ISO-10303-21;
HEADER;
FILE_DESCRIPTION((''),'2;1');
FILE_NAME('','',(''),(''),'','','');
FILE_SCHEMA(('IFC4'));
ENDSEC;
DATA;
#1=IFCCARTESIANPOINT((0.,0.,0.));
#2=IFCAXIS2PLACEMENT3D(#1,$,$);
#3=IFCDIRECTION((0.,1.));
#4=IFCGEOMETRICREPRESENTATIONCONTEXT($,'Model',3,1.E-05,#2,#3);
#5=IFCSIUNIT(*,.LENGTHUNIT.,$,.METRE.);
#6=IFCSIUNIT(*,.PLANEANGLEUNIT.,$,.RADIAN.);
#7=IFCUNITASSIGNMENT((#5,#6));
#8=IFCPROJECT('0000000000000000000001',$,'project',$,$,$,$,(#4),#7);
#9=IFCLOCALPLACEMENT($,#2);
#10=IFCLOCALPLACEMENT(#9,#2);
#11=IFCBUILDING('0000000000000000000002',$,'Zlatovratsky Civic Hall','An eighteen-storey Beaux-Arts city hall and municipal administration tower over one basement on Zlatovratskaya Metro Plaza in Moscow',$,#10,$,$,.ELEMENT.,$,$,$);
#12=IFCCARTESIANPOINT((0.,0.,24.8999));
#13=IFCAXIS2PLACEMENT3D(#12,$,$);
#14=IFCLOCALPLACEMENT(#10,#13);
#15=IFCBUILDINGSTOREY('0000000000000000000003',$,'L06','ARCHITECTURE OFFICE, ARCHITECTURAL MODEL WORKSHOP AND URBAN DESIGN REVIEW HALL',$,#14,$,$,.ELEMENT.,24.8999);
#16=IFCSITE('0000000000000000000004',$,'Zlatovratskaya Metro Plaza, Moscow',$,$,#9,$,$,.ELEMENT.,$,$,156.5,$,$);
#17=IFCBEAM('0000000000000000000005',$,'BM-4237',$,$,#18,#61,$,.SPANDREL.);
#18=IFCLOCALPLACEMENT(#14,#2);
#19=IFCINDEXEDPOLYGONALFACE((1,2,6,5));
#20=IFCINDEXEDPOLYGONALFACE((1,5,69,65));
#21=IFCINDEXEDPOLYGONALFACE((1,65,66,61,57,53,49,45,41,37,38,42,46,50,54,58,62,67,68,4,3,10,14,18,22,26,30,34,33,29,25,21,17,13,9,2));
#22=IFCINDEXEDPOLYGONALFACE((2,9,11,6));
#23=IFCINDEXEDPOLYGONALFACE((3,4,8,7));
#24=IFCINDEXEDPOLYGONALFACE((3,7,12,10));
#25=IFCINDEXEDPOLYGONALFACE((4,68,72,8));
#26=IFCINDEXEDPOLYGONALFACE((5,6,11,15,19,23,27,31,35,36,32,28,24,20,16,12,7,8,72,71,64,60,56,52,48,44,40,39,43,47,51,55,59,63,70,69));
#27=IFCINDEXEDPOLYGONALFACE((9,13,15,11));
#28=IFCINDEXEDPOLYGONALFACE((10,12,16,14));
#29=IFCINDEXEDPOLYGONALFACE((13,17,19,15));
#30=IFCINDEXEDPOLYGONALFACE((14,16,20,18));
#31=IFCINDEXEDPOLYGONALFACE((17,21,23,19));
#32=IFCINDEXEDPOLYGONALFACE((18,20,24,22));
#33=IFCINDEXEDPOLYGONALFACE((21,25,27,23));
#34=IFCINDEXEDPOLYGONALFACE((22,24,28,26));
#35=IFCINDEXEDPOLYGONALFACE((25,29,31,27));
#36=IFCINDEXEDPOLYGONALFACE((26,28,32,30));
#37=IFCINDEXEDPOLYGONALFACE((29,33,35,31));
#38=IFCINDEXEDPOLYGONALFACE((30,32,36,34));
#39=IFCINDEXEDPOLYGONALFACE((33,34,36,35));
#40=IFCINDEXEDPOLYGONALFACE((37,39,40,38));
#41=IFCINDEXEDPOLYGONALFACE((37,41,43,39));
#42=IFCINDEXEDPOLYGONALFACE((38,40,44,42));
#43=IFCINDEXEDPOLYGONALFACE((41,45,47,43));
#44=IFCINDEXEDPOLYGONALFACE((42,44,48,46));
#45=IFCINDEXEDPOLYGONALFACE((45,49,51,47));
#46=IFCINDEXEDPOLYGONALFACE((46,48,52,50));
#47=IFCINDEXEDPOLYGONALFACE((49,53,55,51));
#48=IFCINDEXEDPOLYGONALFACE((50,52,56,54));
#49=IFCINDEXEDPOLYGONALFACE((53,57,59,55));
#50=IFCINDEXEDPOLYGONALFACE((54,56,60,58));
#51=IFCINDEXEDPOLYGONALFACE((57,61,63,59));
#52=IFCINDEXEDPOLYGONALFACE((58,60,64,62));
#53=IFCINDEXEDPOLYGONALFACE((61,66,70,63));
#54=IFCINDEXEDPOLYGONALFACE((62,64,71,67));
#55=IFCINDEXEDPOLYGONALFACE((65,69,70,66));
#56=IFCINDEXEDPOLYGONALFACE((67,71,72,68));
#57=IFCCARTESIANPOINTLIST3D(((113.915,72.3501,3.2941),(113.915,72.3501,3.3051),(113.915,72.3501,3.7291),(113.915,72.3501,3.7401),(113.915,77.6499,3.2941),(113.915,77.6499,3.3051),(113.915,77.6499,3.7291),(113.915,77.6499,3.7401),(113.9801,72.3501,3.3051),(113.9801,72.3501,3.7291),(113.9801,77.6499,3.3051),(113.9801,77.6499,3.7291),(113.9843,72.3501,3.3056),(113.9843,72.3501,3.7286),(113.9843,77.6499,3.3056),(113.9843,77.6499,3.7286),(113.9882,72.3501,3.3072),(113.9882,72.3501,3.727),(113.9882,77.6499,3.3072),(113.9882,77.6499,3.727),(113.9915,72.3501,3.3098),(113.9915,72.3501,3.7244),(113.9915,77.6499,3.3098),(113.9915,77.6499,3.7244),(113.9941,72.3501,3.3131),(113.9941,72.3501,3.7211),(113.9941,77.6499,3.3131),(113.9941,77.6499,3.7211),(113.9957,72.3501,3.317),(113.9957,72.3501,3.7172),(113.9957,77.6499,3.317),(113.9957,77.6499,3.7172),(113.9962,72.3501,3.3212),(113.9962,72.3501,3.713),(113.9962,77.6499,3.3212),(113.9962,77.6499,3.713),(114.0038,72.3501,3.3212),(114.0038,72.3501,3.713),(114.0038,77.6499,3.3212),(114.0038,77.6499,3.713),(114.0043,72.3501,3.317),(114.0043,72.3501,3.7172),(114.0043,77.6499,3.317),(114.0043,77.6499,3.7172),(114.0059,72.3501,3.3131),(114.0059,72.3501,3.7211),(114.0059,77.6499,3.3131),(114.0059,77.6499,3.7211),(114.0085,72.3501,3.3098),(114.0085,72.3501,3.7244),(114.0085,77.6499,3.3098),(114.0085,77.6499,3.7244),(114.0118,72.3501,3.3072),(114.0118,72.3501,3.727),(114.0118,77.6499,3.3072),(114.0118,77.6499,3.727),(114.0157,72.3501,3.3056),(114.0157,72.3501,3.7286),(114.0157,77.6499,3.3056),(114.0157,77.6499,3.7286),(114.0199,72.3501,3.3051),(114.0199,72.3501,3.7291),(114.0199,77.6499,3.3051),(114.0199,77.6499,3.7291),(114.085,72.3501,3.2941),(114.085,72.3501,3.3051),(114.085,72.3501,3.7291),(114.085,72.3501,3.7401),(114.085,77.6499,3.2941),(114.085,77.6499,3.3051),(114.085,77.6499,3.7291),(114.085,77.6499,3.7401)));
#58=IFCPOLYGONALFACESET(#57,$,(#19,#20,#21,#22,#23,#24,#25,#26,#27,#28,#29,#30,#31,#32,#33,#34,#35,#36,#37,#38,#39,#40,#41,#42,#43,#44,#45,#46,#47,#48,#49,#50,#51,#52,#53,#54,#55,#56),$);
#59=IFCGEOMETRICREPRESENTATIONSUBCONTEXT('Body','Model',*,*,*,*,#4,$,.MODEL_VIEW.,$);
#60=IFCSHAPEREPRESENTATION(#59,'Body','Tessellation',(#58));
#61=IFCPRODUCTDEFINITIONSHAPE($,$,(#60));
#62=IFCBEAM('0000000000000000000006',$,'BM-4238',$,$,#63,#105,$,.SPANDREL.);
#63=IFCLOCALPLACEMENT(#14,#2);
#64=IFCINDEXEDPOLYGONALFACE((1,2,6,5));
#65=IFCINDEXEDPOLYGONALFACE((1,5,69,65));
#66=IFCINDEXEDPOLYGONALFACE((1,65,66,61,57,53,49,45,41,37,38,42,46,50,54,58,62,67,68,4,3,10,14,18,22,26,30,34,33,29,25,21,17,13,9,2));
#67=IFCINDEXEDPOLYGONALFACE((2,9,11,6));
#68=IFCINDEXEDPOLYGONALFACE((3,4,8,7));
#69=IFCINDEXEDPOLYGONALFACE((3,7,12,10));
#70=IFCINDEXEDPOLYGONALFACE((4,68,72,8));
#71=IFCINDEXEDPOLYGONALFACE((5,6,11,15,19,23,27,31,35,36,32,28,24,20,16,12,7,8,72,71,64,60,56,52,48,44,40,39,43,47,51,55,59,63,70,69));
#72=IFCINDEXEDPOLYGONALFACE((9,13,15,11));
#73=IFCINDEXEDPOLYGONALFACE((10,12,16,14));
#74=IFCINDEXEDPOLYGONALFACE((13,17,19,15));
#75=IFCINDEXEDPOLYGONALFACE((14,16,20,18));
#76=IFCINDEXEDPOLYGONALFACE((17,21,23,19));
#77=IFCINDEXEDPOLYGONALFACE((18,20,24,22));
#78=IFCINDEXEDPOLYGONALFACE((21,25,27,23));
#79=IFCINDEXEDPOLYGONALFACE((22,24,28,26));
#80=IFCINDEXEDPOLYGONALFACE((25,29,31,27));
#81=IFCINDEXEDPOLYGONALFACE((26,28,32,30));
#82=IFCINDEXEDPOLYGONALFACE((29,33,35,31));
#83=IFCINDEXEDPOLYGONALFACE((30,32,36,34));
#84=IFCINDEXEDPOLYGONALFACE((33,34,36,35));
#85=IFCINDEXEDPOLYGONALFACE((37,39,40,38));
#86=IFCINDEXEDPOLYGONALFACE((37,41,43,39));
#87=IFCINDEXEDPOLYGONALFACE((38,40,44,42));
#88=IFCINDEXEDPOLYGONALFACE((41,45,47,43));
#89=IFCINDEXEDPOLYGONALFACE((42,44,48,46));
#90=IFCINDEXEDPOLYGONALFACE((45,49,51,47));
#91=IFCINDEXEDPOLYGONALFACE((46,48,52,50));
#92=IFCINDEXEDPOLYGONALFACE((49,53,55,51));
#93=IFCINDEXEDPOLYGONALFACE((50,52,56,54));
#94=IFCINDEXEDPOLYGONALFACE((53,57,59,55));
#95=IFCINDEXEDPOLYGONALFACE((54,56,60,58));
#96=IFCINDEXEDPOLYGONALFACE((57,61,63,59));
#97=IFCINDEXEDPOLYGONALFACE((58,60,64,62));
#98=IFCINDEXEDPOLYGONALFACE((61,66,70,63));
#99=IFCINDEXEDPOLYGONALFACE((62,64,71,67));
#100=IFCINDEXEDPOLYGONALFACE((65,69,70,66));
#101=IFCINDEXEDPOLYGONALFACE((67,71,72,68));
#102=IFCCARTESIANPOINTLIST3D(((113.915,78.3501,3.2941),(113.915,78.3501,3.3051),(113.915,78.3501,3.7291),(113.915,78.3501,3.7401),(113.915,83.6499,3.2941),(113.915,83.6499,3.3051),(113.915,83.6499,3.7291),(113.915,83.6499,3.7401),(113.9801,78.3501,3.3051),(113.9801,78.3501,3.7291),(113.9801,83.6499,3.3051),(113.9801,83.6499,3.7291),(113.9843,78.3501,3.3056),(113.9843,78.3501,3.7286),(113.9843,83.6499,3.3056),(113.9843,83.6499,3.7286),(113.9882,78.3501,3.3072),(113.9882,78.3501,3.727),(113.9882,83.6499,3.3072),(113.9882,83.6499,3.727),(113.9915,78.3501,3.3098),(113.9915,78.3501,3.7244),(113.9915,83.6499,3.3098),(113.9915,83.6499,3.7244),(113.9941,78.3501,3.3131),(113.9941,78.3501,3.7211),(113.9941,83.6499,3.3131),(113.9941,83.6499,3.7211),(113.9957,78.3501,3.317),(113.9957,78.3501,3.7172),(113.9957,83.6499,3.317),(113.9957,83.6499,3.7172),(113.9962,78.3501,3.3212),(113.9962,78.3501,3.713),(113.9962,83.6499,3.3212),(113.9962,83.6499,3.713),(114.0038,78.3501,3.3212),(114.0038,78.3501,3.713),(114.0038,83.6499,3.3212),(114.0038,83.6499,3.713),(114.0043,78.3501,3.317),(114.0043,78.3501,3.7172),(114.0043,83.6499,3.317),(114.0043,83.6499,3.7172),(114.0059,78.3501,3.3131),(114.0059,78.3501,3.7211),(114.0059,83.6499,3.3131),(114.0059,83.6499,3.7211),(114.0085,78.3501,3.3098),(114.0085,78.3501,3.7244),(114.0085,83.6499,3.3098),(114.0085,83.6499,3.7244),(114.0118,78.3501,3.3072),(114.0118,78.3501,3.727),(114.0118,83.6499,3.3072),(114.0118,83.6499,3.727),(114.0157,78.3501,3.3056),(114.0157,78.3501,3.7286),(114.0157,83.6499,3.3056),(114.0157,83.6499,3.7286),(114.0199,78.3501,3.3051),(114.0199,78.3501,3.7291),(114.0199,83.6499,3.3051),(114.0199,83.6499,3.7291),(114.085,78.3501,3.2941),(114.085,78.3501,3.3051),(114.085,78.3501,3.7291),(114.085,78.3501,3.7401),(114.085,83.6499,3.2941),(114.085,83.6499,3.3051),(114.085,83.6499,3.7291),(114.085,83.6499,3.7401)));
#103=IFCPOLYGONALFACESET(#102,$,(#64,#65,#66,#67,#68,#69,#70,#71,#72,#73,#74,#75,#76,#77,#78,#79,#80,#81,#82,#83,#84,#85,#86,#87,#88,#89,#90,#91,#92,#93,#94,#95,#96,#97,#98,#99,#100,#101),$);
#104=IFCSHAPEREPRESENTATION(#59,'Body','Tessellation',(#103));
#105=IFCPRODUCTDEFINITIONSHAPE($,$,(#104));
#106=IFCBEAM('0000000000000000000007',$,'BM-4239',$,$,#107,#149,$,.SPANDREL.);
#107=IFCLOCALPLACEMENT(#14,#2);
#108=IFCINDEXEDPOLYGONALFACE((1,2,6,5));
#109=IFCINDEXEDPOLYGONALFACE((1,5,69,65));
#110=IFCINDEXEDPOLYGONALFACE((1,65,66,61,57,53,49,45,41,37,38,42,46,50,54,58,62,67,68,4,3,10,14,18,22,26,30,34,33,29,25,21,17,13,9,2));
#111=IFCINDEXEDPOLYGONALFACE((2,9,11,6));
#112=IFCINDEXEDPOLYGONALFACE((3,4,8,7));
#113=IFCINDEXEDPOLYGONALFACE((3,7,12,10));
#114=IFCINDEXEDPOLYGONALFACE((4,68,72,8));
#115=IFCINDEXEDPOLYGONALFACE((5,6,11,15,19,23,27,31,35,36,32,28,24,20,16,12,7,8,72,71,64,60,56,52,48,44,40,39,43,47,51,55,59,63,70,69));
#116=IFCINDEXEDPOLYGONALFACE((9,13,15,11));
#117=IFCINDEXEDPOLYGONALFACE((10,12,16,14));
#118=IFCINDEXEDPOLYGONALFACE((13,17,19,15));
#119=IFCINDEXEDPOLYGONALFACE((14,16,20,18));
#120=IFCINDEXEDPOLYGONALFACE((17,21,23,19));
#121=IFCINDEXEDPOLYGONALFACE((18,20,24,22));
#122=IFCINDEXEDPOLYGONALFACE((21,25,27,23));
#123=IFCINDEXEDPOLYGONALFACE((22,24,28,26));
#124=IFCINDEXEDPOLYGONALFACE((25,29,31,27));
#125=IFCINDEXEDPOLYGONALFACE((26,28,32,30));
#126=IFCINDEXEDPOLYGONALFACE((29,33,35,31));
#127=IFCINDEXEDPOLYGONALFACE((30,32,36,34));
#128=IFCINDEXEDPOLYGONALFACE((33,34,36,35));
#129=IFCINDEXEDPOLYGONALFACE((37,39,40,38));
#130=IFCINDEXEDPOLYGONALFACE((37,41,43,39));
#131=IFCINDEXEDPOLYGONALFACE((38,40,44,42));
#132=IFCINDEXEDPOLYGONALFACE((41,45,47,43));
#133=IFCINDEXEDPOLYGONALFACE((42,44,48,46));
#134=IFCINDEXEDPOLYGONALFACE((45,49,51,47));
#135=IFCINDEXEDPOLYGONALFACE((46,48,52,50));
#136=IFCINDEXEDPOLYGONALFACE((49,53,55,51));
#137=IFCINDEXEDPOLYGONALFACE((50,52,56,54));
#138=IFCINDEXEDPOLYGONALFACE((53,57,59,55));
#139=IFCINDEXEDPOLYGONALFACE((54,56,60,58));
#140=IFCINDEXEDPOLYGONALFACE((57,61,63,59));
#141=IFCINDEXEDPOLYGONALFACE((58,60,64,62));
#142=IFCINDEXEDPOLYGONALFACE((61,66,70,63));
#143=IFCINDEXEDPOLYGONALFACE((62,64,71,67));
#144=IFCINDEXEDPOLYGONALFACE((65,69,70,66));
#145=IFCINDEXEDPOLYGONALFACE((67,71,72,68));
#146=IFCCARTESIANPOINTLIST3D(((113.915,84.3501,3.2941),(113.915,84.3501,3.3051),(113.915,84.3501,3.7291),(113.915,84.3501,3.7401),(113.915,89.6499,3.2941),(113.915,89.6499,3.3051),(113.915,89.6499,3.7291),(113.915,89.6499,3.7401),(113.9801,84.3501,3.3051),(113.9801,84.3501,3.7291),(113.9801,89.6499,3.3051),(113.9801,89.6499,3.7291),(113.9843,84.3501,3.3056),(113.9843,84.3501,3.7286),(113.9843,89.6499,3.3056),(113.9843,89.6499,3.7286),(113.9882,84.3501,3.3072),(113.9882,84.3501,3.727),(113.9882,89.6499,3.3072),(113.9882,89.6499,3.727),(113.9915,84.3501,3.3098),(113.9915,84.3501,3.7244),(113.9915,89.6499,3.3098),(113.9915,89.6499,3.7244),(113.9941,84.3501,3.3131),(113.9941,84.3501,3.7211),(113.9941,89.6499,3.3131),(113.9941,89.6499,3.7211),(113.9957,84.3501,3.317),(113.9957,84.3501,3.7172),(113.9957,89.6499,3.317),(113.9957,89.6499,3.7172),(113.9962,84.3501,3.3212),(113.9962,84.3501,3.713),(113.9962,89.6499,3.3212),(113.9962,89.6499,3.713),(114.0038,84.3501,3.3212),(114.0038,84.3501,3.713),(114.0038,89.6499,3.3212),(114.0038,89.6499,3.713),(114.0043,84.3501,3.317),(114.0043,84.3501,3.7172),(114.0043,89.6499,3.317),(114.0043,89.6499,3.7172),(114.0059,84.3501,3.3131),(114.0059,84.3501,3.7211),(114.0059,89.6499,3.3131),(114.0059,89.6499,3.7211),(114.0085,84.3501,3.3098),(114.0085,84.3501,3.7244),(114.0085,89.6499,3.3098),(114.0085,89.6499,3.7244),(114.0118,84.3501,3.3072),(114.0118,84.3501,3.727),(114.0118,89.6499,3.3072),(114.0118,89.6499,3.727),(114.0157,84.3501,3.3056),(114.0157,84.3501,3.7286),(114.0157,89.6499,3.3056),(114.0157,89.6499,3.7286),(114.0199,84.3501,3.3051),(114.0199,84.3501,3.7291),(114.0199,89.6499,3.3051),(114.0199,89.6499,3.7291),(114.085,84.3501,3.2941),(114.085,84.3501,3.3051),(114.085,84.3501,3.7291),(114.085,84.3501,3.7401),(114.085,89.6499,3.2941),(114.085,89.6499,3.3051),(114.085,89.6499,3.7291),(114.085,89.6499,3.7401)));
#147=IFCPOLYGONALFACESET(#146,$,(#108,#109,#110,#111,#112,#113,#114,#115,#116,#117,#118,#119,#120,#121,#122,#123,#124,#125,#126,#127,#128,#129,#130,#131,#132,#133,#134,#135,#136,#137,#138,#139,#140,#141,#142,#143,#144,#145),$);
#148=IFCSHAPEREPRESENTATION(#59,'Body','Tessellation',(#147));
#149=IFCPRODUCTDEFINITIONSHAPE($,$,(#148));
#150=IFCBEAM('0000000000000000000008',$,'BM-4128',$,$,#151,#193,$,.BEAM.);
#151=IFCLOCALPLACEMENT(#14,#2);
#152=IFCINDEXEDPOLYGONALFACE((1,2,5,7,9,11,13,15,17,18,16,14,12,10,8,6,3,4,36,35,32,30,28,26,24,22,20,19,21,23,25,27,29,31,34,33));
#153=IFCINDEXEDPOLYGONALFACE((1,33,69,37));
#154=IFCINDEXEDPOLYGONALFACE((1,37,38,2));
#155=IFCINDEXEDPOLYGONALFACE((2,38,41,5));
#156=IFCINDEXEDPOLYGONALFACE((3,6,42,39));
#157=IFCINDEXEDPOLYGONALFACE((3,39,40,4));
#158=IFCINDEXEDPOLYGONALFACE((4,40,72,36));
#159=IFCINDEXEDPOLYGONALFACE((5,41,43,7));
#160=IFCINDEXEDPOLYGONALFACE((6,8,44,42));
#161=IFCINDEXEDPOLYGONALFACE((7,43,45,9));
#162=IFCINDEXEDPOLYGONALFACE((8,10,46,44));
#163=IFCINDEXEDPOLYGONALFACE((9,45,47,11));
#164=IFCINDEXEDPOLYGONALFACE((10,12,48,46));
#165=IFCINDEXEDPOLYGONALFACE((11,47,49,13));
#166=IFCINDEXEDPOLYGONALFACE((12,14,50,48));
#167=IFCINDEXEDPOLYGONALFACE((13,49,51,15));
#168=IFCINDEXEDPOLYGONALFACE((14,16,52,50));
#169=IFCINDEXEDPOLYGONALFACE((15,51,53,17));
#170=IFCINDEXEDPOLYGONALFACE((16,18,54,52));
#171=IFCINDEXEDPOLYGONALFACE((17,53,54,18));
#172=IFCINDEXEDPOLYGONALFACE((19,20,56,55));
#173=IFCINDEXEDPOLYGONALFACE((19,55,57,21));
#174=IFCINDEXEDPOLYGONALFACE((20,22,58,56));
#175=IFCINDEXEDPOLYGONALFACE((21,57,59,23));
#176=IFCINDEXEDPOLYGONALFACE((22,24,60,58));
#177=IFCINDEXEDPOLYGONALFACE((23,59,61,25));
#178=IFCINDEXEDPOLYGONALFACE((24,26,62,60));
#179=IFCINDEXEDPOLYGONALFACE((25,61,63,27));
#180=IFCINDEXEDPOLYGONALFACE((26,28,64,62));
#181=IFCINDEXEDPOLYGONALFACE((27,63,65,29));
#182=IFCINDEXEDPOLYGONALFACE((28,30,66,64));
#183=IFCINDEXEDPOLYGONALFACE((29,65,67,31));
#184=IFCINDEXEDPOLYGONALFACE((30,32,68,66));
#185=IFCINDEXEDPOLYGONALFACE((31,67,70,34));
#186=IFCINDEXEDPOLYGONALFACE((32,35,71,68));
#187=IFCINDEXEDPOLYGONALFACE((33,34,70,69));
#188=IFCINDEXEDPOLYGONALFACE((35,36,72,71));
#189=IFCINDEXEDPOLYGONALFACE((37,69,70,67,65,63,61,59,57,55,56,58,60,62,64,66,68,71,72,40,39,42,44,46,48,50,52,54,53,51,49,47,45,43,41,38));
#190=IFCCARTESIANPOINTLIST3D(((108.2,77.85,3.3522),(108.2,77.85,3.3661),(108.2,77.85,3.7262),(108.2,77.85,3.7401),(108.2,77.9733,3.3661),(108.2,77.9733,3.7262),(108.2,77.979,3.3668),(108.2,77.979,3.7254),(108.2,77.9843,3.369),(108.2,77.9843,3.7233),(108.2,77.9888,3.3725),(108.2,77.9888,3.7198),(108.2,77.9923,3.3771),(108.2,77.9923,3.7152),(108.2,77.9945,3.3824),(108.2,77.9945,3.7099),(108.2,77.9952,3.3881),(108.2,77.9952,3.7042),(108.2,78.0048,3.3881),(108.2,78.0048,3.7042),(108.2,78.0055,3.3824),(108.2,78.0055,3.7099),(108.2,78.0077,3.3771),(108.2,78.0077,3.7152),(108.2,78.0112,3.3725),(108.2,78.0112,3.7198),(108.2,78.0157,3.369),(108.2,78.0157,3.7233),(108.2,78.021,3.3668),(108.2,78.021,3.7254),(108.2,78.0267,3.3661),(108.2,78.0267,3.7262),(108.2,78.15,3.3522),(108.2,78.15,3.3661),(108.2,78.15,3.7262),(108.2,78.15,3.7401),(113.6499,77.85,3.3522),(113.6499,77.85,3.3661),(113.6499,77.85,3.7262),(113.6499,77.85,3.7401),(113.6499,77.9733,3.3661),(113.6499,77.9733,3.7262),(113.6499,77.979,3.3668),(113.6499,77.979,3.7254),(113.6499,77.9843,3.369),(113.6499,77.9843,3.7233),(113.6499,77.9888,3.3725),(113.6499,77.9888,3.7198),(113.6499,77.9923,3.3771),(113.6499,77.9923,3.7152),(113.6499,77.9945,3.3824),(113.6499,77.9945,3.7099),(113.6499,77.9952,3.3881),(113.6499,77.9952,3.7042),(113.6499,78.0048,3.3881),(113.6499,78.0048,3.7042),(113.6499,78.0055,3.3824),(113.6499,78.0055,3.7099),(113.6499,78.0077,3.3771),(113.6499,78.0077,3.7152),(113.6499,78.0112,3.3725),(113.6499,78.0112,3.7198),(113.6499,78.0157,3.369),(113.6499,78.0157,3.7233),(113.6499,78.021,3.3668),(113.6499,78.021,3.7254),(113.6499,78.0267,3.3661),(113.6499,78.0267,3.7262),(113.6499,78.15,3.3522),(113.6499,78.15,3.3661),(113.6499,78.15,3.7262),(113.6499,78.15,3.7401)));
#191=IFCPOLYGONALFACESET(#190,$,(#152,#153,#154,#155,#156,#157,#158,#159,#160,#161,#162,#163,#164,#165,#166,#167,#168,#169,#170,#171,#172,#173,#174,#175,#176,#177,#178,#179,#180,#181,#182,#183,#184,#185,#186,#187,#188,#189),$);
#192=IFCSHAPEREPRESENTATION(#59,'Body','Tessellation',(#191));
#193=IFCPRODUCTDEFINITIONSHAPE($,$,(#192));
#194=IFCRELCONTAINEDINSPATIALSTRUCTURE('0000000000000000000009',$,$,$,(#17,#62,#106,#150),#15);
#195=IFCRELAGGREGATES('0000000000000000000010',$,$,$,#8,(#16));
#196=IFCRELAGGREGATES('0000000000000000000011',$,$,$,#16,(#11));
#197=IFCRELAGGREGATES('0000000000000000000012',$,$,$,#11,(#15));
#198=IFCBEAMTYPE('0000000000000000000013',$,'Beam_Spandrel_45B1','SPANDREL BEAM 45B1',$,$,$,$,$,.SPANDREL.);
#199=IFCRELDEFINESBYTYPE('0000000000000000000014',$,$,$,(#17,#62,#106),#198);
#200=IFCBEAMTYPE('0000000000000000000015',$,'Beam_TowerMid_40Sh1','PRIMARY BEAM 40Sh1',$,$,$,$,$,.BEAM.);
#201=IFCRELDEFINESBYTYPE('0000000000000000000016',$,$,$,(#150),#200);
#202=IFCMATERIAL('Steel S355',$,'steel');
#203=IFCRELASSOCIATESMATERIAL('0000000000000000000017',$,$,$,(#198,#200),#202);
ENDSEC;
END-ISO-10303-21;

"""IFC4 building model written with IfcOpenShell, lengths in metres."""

from ifc_helpers import new_model, si_unit, direction, frame, origin, origin_2d, place, context, subcontext, project, spatial, i_section, extrude, material, material_profile, profile_set, type_object, element, save


model = new_model("IFC4")

# Units and contexts
model_context = context("Model", 3, precision=1e-05, world=origin(), true_north=direction((0.0, 1.0)))
body_context = subcontext(model_context, "Body", "Model", "MODEL_VIEW")
ifc_project = project(units=[si_unit("LENGTHUNIT", "METRE"), si_unit("PLANEANGLEUNIT", "RADIAN")], contexts=[model_context])

# Site, building, storey
site_placement = place(None, origin())
site = spatial("IfcSite", under=ifc_project, at=site_placement, Name="Zlatovratskaya Metro Plaza, Moscow", CompositionType="ELEMENT", RefElevation=156.5)
building_placement = place(site_placement, origin())
building = spatial("IfcBuilding", under=site, at=building_placement, Name="Zlatovratsky Civic Hall", Description="An eighteen-storey Beaux-Arts city hall and municipal administration tower over one basement on Zlatovratskaya Metro Plaza in Moscow", CompositionType="ELEMENT")
storey_placement = place(building_placement, frame((0.0, 0.0, 24.8999)))
storey = spatial("IfcBuildingStorey", under=building, at=storey_placement, Name="L06", Description="ARCHITECTURE OFFICE, ARCHITECTURAL MODEL WORKSHOP AND URBAN DESIGN REVIEW HALL", CompositionType="ELEMENT", Elevation=24.8999)

# Shared definitions
ifc_material_1 = material(Name="Steel S355", Category="steel")

# Beams
ifc_material_profile_1 = material_profile(ifc_material_1, i_section(OverallWidth=0.1699, OverallDepth=0.446, WebThickness=0.0076, FlangeThickness=0.011, FilletRadius=0.0161, at=origin_2d()), Name="45B1")
ifc_profile_set_1 = profile_set([ifc_material_profile_1], Name="Steel S355")
beam_type_1 = type_object("IfcBeamType", Name="Beam_Spandrel_45B1", Description="SPANDREL BEAM 45B1", PredefinedType="SPANDREL", material=ifc_profile_set_1)
for number, where, z_axis, x_axis, name in (
    (1, (114.0, 72.3501, 3.5171), (0.0, 1.0, 0.0), (-1.0, 0.0, 0.0), "BM-4237"),
    (2, (114.0, 78.3501, 3.5171), (0.0, 1.0, 0.0), (-1.0, 0.0, 0.0), "BM-4238"),
    (3, (114.0, 84.3501, 3.5171), (0.0, 1.0, 0.0), (-1.0, 0.0, 0.0), "BM-4239"),
):
    element("IfcBeam", number, at=place(storey_placement, frame(where, z_axis=z_axis, x_axis=x_axis)), inside=storey, type_object=beam_type_1, Name=name, PredefinedType="SPANDREL", context=body_context, shape_type="SweptSolid", body=[
        extrude(i_section(OverallWidth=0.1699, OverallDepth=0.446, WebThickness=0.0076, FlangeThickness=0.011, FilletRadius=0.0161, at=origin_2d()), origin(), (0.0, 0.0, 1.0), 5.2998),
    ])
ifc_material_profile_2 = material_profile(ifc_material_1, i_section(OverallWidth=0.3, OverallDepth=0.3879, WebThickness=0.0095, FlangeThickness=0.0139, FilletRadius=0.022, at=origin_2d()), Name="40Sh1")
ifc_profile_set_2 = profile_set([ifc_material_profile_2], Name="Steel S355")
beam_type_2 = type_object("IfcBeamType", Name="Beam_TowerMid_40Sh1", Description="PRIMARY BEAM 40Sh1", PredefinedType="BEAM", material=ifc_profile_set_2)
for number, where, z_axis, x_axis, name in (
    (4, (108.2, 78.0, 3.5461), (1.0, 0.0, 0.0), (0.0, 1.0, 0.0), "BM-4128"),
):
    element("IfcBeam", number, at=place(storey_placement, frame(where, z_axis=z_axis, x_axis=x_axis)), inside=storey, type_object=beam_type_2, Name=name, PredefinedType="BEAM", context=body_context, shape_type="SweptSolid", body=[
        extrude(i_section(OverallWidth=0.3, OverallDepth=0.3879, WebThickness=0.0095, FlangeThickness=0.0139, FilletRadius=0.022, at=origin_2d()), origin(), (0.0, 0.0, 1.0), 5.45),
    ])

save(model, "model.ifc")
